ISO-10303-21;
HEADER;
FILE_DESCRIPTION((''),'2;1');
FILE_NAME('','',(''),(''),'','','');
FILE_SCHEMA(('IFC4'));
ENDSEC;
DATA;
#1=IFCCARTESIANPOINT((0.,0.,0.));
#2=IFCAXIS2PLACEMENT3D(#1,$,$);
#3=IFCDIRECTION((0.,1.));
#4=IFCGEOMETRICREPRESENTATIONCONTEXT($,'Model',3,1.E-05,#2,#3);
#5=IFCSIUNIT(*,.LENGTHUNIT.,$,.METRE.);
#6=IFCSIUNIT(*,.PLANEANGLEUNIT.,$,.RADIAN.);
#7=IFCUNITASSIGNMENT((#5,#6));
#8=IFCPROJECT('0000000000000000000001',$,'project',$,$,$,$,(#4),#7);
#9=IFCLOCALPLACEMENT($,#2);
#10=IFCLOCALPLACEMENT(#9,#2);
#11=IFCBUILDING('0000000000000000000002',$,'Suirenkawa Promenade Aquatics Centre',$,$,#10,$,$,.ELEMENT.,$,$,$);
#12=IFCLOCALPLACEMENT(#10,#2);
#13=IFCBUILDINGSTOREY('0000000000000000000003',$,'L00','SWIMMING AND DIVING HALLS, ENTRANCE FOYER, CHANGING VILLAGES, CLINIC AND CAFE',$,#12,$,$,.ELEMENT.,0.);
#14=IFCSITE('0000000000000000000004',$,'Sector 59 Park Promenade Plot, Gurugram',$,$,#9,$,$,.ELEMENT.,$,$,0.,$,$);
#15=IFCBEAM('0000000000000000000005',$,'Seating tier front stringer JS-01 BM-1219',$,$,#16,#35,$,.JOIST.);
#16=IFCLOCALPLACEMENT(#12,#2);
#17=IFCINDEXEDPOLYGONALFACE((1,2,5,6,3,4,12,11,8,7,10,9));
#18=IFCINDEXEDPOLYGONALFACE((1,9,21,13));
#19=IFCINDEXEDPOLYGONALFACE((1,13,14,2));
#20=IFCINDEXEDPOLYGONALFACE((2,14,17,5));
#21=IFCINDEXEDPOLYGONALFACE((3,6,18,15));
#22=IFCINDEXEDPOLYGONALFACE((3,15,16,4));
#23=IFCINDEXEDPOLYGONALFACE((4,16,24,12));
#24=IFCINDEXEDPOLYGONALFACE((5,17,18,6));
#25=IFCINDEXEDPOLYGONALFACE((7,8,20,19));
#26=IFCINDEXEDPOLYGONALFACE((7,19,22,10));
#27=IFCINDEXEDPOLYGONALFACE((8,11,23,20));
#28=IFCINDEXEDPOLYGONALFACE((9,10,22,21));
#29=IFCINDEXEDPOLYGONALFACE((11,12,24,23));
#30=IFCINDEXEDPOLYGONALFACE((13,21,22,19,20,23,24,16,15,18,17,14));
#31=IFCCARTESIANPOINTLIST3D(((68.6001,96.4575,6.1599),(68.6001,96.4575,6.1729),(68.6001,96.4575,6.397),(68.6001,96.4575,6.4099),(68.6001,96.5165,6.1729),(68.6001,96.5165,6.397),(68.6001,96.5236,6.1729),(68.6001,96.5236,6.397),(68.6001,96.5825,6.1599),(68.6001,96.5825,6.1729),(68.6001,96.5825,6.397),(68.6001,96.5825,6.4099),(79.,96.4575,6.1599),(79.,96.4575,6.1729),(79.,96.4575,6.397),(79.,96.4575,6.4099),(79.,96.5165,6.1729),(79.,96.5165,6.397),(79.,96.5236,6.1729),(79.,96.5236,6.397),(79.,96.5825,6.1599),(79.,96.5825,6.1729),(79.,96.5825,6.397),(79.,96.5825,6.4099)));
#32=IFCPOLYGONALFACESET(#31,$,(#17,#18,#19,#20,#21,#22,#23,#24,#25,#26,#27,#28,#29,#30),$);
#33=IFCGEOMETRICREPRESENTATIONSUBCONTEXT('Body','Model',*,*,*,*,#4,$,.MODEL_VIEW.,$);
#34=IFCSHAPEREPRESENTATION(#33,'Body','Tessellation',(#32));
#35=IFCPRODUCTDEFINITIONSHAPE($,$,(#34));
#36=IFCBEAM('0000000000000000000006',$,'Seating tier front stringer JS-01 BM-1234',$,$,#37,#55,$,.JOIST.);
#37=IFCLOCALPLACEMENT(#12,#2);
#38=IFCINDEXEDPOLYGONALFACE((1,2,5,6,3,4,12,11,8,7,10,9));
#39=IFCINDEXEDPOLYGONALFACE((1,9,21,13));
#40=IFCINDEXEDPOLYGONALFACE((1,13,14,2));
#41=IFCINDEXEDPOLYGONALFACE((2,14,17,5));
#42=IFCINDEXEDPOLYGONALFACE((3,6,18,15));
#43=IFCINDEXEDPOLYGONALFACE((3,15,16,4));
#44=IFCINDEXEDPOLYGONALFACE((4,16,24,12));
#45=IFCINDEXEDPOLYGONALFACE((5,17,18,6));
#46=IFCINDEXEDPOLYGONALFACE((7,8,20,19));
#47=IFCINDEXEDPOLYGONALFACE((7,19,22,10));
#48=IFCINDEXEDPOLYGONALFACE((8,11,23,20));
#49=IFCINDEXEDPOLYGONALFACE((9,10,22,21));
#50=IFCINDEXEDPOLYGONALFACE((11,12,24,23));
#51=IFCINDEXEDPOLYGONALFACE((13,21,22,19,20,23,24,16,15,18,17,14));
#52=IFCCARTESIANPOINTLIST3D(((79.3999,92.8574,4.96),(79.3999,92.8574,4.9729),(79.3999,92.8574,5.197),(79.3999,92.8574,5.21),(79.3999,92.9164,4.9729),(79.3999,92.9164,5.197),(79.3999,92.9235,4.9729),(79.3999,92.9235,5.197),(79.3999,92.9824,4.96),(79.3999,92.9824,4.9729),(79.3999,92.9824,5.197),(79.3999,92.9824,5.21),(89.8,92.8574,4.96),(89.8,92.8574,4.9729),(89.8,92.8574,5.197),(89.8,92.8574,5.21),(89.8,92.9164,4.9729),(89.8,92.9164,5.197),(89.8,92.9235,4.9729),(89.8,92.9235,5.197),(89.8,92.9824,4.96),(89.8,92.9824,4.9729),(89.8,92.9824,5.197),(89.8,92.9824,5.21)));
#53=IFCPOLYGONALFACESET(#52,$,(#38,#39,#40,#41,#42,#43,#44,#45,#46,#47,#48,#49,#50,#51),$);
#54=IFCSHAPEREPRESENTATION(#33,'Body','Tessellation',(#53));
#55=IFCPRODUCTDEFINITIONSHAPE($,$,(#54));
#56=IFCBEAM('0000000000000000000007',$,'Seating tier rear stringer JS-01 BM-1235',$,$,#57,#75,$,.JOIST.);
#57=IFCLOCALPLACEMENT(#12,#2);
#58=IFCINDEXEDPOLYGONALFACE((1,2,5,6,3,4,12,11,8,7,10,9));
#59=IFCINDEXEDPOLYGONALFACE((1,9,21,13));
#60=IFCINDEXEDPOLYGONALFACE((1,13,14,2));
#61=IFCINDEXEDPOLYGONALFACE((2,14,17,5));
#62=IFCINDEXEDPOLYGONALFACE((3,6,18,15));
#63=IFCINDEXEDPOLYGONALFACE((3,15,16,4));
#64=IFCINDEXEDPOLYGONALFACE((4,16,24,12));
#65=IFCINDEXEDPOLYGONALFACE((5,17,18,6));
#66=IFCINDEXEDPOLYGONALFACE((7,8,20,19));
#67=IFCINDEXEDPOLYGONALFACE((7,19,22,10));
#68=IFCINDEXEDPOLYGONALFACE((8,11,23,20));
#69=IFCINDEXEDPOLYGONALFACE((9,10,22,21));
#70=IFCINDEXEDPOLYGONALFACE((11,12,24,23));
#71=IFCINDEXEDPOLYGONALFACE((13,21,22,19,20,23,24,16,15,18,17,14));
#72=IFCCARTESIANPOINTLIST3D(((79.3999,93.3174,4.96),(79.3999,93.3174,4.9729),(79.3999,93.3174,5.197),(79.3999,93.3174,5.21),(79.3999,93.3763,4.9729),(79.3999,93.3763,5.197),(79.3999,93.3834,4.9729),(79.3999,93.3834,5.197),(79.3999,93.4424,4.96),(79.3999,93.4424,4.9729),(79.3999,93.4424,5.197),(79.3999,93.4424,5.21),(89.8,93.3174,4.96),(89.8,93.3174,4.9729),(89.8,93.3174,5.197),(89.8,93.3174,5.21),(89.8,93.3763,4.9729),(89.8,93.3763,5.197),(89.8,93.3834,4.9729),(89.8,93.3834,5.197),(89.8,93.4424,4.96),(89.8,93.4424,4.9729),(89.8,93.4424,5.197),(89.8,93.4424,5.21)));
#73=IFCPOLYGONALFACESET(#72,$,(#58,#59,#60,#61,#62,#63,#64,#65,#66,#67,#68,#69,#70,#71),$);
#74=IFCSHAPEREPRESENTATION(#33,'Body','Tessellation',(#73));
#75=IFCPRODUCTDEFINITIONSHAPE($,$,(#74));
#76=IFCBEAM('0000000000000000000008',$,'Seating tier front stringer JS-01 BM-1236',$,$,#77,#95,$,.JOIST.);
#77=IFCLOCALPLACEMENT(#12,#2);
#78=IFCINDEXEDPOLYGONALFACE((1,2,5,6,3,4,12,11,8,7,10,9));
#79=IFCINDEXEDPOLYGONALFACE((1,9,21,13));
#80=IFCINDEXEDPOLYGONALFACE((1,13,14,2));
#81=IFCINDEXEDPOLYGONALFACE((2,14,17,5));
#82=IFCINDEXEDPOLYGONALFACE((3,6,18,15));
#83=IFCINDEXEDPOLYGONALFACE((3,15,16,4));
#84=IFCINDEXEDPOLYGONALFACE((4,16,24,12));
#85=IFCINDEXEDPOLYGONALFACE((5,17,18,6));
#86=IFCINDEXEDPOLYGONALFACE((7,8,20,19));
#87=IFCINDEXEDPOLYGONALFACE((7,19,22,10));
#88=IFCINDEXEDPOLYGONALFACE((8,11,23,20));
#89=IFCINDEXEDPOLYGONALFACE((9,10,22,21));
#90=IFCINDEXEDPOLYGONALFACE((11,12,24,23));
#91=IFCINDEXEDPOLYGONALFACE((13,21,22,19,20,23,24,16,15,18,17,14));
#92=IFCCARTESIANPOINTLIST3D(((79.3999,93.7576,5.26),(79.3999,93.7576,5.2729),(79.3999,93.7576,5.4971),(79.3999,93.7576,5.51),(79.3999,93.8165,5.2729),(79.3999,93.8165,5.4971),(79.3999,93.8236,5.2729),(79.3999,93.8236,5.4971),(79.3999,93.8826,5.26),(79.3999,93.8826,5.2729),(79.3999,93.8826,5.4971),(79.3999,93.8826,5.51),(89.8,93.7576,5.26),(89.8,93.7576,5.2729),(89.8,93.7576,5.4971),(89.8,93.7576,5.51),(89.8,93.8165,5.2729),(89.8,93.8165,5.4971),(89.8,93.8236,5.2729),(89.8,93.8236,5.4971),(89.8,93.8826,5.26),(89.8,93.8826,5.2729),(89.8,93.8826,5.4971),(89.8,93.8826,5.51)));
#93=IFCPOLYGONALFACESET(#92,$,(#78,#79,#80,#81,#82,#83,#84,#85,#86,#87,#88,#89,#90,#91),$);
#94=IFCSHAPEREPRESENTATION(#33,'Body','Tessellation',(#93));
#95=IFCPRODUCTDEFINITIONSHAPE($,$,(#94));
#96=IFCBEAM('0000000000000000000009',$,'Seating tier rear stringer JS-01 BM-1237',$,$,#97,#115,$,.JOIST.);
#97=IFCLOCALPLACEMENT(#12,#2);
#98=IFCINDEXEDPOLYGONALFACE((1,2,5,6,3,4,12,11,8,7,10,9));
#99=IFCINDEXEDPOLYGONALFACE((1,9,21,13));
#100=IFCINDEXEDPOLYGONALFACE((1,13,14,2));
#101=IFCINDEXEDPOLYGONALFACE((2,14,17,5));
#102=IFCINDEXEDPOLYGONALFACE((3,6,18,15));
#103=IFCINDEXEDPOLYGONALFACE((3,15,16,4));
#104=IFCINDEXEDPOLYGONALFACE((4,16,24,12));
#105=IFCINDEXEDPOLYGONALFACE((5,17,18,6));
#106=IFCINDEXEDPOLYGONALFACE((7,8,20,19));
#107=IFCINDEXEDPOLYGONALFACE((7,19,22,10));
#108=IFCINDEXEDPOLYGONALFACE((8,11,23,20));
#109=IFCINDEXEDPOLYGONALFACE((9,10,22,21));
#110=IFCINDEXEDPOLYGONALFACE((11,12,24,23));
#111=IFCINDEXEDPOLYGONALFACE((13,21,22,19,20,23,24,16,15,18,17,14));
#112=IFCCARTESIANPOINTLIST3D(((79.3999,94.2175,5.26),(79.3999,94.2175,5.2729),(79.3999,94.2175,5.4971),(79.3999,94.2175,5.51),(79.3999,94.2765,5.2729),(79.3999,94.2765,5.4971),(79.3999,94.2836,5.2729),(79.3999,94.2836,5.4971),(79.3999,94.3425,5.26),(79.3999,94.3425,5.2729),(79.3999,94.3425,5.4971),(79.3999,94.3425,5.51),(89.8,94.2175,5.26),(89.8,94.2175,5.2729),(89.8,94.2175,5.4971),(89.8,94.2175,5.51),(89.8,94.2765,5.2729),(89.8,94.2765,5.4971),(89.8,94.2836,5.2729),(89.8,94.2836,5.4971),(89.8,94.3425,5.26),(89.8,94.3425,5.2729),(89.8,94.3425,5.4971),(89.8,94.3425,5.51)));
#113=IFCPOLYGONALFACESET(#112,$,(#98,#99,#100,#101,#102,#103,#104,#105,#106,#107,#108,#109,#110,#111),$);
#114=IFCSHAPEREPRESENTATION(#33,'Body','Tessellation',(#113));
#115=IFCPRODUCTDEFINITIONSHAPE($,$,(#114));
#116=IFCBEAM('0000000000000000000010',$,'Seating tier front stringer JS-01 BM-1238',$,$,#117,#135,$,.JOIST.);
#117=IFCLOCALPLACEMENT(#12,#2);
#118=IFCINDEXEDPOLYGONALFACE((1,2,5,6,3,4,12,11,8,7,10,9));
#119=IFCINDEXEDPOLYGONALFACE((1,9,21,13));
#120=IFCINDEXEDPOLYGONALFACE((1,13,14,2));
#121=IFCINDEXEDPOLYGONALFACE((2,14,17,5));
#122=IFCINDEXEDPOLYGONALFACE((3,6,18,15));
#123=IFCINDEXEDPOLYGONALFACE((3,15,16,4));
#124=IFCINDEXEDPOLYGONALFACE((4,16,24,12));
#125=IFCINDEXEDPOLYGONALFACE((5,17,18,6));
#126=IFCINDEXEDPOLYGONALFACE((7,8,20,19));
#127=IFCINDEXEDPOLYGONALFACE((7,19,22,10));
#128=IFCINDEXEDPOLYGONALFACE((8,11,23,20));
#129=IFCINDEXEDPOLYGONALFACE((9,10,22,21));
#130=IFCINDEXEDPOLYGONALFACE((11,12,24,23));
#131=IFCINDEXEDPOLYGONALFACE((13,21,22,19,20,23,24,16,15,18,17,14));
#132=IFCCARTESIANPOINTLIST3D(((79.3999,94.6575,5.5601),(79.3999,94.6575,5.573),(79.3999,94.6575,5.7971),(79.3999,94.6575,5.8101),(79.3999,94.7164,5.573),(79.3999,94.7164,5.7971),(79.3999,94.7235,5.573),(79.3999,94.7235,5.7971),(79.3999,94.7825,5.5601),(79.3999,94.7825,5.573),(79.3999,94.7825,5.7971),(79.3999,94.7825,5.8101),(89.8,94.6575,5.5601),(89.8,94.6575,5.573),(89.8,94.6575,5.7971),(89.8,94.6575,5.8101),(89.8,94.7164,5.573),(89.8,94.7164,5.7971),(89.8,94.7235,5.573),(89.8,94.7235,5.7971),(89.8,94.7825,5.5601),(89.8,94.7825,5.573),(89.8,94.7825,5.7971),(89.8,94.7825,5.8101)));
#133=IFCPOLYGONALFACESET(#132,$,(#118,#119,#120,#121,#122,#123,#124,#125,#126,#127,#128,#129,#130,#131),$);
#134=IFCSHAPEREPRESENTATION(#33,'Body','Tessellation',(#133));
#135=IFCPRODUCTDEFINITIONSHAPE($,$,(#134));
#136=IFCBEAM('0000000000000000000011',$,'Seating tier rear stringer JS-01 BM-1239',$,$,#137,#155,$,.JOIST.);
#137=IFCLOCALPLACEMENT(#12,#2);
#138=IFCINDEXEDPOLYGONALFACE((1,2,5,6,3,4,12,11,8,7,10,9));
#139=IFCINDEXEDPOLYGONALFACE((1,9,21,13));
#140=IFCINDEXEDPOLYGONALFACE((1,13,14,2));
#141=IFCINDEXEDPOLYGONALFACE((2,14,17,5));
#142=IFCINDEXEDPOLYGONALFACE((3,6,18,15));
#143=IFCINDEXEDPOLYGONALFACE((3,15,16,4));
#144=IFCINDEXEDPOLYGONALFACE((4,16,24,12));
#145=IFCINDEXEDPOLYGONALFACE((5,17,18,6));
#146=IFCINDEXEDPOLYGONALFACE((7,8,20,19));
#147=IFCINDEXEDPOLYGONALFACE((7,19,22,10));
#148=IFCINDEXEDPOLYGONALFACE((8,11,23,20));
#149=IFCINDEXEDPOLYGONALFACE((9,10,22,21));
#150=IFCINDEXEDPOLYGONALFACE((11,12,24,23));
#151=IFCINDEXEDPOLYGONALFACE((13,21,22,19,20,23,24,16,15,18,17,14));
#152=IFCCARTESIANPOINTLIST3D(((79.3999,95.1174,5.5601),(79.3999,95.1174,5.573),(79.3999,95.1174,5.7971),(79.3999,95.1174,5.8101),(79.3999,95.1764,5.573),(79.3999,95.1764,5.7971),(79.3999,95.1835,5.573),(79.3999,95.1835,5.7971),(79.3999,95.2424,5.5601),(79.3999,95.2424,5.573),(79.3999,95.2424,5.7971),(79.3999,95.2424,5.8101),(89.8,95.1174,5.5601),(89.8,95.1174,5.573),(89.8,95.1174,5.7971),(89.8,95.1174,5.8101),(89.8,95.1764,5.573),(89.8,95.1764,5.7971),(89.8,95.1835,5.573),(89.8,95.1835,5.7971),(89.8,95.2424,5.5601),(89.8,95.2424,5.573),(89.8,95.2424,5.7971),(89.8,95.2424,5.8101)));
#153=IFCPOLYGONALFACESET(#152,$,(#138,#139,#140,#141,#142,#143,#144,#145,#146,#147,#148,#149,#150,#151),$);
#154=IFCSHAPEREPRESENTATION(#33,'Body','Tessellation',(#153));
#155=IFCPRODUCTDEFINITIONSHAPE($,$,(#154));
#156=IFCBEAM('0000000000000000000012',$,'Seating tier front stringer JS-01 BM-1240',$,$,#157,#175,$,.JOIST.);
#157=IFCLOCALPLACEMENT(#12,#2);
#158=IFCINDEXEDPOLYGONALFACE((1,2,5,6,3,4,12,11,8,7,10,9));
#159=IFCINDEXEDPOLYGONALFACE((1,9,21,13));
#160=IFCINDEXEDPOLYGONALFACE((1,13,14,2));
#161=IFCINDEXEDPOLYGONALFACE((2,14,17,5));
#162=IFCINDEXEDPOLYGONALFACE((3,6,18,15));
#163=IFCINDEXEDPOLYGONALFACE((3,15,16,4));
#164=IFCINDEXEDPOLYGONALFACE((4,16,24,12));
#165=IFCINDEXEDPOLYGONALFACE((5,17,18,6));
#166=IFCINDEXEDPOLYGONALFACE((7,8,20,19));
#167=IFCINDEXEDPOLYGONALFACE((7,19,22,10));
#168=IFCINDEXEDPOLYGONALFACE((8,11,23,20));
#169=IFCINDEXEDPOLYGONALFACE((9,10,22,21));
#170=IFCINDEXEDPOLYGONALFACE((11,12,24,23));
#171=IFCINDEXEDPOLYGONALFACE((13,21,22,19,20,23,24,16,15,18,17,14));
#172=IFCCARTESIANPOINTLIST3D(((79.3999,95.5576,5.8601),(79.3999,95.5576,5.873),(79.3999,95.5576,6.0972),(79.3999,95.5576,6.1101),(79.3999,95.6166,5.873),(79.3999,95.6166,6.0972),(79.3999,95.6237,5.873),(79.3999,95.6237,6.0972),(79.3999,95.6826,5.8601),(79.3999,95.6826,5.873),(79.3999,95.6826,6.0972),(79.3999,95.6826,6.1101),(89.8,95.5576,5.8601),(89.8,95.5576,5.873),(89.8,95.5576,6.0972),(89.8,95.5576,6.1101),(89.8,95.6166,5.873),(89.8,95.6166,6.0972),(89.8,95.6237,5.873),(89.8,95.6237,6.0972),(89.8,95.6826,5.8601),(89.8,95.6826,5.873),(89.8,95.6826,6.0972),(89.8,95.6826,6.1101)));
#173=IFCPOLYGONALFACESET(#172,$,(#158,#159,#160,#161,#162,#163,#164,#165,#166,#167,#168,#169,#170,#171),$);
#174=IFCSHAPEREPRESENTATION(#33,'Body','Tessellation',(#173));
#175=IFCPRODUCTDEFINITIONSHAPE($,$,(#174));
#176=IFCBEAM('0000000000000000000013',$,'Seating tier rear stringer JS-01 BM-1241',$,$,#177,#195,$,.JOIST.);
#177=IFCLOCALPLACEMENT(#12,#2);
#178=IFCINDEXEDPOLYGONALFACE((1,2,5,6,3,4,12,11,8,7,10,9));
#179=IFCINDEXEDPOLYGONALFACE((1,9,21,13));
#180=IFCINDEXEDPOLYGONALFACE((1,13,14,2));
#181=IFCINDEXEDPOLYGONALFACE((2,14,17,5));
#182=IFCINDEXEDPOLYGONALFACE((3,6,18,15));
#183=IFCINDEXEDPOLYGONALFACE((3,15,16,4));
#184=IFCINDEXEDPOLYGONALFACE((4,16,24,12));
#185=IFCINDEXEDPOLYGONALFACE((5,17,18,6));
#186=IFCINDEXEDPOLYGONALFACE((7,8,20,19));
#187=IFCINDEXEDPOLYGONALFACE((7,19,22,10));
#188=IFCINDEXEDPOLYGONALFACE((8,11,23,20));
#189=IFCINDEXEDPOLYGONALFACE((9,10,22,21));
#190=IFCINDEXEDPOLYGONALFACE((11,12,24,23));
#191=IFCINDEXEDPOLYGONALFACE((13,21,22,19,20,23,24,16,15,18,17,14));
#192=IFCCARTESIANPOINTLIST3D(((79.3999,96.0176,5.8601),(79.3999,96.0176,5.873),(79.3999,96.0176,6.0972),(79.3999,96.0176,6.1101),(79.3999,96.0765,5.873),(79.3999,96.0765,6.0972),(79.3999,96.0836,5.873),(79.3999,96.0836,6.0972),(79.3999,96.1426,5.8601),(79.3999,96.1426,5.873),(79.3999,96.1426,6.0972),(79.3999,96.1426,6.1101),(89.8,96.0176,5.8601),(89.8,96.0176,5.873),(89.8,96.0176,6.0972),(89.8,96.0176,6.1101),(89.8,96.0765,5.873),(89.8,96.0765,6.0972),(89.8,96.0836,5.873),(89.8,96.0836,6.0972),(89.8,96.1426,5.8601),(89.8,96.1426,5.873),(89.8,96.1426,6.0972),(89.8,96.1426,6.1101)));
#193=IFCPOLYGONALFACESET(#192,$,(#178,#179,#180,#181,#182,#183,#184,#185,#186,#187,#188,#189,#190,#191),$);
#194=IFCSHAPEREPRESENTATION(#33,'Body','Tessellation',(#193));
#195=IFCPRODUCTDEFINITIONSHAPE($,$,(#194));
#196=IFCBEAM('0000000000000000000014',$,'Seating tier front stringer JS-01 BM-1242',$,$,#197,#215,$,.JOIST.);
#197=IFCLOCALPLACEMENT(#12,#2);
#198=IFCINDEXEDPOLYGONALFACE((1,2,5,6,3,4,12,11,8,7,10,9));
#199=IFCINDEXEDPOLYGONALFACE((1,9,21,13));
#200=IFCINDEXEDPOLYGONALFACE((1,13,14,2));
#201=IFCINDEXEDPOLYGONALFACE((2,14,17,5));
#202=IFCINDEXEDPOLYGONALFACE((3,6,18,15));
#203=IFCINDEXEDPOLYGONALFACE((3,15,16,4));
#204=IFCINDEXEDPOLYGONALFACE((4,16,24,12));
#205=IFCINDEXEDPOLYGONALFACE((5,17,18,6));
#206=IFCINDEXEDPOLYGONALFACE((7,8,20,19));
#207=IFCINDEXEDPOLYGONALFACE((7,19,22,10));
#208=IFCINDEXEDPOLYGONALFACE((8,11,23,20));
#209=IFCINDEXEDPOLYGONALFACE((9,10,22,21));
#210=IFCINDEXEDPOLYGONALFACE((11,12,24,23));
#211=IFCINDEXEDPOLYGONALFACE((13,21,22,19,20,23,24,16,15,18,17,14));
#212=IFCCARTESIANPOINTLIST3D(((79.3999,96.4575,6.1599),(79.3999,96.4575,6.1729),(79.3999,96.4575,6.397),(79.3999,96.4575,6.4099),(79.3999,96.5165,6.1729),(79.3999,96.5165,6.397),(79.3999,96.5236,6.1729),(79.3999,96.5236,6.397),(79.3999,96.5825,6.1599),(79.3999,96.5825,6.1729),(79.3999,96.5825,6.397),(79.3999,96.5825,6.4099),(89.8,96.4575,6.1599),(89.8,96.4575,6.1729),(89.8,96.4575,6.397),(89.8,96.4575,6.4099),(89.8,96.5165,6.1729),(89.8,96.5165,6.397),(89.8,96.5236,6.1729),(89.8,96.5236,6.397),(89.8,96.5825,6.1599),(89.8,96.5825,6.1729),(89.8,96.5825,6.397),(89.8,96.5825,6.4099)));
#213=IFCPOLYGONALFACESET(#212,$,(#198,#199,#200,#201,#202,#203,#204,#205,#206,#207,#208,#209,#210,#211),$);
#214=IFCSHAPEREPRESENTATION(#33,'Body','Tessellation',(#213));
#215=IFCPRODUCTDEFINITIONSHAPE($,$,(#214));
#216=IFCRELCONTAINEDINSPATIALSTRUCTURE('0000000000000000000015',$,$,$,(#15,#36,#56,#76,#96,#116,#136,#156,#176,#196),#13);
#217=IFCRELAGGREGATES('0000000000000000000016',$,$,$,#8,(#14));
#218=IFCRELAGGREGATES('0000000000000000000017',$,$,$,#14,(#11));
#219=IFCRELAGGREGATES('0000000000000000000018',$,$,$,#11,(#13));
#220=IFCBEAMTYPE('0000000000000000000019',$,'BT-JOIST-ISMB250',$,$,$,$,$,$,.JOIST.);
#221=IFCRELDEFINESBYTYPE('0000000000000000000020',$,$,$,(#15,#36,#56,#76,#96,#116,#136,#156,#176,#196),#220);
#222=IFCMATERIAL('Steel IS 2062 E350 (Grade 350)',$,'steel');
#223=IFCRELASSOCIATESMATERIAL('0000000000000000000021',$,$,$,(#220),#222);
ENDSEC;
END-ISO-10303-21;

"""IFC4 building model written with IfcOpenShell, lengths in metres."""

from ifc_helpers import new_model, si_unit, direction, frame, origin, origin_2d, place, context, subcontext, project, spatial, i_section, extrude, material, material_profile, profile_set, type_object, element, save


model = new_model("IFC4")

# Units and contexts
model_context = context("Model", 3, precision=1e-05, world=origin(), true_north=direction((0.0, 1.0)))
body_context = subcontext(model_context, "Body", "Model", "MODEL_VIEW")
ifc_project = project(units=[si_unit("LENGTHUNIT", "METRE"), si_unit("PLANEANGLEUNIT", "RADIAN")], contexts=[model_context])

# Site, building, storey
site_placement = place(None, origin())
site = spatial("IfcSite", under=ifc_project, at=site_placement, Name="Sector 59 Park Promenade Plot, Gurugram", CompositionType="ELEMENT", RefElevation=0.0)
building_placement = place(site_placement, origin())
building = spatial("IfcBuilding", under=site, at=building_placement, Name="Suirenkawa Promenade Aquatics Centre", CompositionType="ELEMENT")
storey_placement = place(building_placement, origin())
storey = spatial("IfcBuildingStorey", under=building, at=storey_placement, Name="L00", Description="SWIMMING AND DIVING HALLS, ENTRANCE FOYER, CHANGING VILLAGES, CLINIC AND CAFE", CompositionType="ELEMENT", Elevation=0.0)

# Beams
ifc_material_1 = material(Name="Steel IS 2062 E350 (Grade 350)", Category="steel")
ifc_material_profile_1 = material_profile(ifc_material_1, i_section(OverallWidth=0.125, OverallDepth=0.25, WebThickness=0.0071, FlangeThickness=0.0129, at=origin_2d()), Name="ISMB 250", Category="steel")
ifc_profile_set_1 = profile_set([ifc_material_profile_1], Name="Steel IS 2062 E350 (Grade 350)")
beam_type_1 = type_object("IfcBeamType", Name="BT-JOIST-ISMB250", PredefinedType="JOIST", material=ifc_profile_set_1)
for number, where, z_axis, x_axis, name in (
    (1, (68.6001, 96.52, 6.2849), (1.0, 0.0, 0.0), (0.0, 1.0, 0.0), "Seating tier front stringer JS-01 BM-1219"),
):
    element("IfcBeam", number, at=place(storey_placement, frame(where, z_axis=z_axis, x_axis=x_axis)), inside=storey, type_object=beam_type_1, Name=name, PredefinedType="JOIST", context=body_context, shape_type="SweptSolid", body=[
        extrude(i_section(OverallWidth=0.125, OverallDepth=0.25, WebThickness=0.0071, FlangeThickness=0.0129, at=origin_2d()), origin(), (0.0, 0.0, 1.0), 10.3999),
    ])
for number, where, z_axis, x_axis, name in (
    (2, (79.3999, 92.9199, 5.085), (1.0, 0.0, 0.0), (0.0, 1.0, 0.0), "Seating tier front stringer JS-01 BM-1234"),
    (3, (79.3999, 93.3799, 5.085), (1.0, 0.0, 0.0), (0.0, 1.0, 0.0), "Seating tier rear stringer JS-01 BM-1235"),
    (4, (79.3999, 93.8201, 5.385), (1.0, 0.0, 0.0), (0.0, 1.0, 0.0), "Seating tier front stringer JS-01 BM-1236"),
    (5, (79.3999, 94.28, 5.385), (1.0, 0.0, 0.0), (0.0, 1.0, 0.0), "Seating tier rear stringer JS-01 BM-1237"),
    (6, (79.3999, 94.72, 5.6851), (1.0, 0.0, 0.0), (0.0, 1.0, 0.0), "Seating tier front stringer JS-01 BM-1238"),
    (7, (79.3999, 95.1799, 5.6851), (1.0, 0.0, 0.0), (0.0, 1.0, 0.0), "Seating tier rear stringer JS-01 BM-1239"),
    (8, (79.3999, 95.6201, 5.9851), (1.0, 0.0, 0.0), (0.0, 1.0, 0.0), "Seating tier front stringer JS-01 BM-1240"),
    (9, (79.3999, 96.0801, 5.9851), (1.0, 0.0, 0.0), (0.0, 1.0, 0.0), "Seating tier rear stringer JS-01 BM-1241"),
    (10, (79.3999, 96.52, 6.2849), (1.0, 0.0, 0.0), (0.0, 1.0, 0.0), "Seating tier front stringer JS-01 BM-1242"),
):
    element("IfcBeam", number, at=place(storey_placement, frame(where, z_axis=z_axis, x_axis=x_axis)), inside=storey, type_object=beam_type_1, Name=name, PredefinedType="JOIST", context=body_context, shape_type="SweptSolid", body=[
        extrude(i_section(OverallWidth=0.125, OverallDepth=0.25, WebThickness=0.0071, FlangeThickness=0.0129, at=origin_2d()), origin(), (0.0, 0.0, 1.0), 10.4001),
    ])

save(model, "model.ifc")
